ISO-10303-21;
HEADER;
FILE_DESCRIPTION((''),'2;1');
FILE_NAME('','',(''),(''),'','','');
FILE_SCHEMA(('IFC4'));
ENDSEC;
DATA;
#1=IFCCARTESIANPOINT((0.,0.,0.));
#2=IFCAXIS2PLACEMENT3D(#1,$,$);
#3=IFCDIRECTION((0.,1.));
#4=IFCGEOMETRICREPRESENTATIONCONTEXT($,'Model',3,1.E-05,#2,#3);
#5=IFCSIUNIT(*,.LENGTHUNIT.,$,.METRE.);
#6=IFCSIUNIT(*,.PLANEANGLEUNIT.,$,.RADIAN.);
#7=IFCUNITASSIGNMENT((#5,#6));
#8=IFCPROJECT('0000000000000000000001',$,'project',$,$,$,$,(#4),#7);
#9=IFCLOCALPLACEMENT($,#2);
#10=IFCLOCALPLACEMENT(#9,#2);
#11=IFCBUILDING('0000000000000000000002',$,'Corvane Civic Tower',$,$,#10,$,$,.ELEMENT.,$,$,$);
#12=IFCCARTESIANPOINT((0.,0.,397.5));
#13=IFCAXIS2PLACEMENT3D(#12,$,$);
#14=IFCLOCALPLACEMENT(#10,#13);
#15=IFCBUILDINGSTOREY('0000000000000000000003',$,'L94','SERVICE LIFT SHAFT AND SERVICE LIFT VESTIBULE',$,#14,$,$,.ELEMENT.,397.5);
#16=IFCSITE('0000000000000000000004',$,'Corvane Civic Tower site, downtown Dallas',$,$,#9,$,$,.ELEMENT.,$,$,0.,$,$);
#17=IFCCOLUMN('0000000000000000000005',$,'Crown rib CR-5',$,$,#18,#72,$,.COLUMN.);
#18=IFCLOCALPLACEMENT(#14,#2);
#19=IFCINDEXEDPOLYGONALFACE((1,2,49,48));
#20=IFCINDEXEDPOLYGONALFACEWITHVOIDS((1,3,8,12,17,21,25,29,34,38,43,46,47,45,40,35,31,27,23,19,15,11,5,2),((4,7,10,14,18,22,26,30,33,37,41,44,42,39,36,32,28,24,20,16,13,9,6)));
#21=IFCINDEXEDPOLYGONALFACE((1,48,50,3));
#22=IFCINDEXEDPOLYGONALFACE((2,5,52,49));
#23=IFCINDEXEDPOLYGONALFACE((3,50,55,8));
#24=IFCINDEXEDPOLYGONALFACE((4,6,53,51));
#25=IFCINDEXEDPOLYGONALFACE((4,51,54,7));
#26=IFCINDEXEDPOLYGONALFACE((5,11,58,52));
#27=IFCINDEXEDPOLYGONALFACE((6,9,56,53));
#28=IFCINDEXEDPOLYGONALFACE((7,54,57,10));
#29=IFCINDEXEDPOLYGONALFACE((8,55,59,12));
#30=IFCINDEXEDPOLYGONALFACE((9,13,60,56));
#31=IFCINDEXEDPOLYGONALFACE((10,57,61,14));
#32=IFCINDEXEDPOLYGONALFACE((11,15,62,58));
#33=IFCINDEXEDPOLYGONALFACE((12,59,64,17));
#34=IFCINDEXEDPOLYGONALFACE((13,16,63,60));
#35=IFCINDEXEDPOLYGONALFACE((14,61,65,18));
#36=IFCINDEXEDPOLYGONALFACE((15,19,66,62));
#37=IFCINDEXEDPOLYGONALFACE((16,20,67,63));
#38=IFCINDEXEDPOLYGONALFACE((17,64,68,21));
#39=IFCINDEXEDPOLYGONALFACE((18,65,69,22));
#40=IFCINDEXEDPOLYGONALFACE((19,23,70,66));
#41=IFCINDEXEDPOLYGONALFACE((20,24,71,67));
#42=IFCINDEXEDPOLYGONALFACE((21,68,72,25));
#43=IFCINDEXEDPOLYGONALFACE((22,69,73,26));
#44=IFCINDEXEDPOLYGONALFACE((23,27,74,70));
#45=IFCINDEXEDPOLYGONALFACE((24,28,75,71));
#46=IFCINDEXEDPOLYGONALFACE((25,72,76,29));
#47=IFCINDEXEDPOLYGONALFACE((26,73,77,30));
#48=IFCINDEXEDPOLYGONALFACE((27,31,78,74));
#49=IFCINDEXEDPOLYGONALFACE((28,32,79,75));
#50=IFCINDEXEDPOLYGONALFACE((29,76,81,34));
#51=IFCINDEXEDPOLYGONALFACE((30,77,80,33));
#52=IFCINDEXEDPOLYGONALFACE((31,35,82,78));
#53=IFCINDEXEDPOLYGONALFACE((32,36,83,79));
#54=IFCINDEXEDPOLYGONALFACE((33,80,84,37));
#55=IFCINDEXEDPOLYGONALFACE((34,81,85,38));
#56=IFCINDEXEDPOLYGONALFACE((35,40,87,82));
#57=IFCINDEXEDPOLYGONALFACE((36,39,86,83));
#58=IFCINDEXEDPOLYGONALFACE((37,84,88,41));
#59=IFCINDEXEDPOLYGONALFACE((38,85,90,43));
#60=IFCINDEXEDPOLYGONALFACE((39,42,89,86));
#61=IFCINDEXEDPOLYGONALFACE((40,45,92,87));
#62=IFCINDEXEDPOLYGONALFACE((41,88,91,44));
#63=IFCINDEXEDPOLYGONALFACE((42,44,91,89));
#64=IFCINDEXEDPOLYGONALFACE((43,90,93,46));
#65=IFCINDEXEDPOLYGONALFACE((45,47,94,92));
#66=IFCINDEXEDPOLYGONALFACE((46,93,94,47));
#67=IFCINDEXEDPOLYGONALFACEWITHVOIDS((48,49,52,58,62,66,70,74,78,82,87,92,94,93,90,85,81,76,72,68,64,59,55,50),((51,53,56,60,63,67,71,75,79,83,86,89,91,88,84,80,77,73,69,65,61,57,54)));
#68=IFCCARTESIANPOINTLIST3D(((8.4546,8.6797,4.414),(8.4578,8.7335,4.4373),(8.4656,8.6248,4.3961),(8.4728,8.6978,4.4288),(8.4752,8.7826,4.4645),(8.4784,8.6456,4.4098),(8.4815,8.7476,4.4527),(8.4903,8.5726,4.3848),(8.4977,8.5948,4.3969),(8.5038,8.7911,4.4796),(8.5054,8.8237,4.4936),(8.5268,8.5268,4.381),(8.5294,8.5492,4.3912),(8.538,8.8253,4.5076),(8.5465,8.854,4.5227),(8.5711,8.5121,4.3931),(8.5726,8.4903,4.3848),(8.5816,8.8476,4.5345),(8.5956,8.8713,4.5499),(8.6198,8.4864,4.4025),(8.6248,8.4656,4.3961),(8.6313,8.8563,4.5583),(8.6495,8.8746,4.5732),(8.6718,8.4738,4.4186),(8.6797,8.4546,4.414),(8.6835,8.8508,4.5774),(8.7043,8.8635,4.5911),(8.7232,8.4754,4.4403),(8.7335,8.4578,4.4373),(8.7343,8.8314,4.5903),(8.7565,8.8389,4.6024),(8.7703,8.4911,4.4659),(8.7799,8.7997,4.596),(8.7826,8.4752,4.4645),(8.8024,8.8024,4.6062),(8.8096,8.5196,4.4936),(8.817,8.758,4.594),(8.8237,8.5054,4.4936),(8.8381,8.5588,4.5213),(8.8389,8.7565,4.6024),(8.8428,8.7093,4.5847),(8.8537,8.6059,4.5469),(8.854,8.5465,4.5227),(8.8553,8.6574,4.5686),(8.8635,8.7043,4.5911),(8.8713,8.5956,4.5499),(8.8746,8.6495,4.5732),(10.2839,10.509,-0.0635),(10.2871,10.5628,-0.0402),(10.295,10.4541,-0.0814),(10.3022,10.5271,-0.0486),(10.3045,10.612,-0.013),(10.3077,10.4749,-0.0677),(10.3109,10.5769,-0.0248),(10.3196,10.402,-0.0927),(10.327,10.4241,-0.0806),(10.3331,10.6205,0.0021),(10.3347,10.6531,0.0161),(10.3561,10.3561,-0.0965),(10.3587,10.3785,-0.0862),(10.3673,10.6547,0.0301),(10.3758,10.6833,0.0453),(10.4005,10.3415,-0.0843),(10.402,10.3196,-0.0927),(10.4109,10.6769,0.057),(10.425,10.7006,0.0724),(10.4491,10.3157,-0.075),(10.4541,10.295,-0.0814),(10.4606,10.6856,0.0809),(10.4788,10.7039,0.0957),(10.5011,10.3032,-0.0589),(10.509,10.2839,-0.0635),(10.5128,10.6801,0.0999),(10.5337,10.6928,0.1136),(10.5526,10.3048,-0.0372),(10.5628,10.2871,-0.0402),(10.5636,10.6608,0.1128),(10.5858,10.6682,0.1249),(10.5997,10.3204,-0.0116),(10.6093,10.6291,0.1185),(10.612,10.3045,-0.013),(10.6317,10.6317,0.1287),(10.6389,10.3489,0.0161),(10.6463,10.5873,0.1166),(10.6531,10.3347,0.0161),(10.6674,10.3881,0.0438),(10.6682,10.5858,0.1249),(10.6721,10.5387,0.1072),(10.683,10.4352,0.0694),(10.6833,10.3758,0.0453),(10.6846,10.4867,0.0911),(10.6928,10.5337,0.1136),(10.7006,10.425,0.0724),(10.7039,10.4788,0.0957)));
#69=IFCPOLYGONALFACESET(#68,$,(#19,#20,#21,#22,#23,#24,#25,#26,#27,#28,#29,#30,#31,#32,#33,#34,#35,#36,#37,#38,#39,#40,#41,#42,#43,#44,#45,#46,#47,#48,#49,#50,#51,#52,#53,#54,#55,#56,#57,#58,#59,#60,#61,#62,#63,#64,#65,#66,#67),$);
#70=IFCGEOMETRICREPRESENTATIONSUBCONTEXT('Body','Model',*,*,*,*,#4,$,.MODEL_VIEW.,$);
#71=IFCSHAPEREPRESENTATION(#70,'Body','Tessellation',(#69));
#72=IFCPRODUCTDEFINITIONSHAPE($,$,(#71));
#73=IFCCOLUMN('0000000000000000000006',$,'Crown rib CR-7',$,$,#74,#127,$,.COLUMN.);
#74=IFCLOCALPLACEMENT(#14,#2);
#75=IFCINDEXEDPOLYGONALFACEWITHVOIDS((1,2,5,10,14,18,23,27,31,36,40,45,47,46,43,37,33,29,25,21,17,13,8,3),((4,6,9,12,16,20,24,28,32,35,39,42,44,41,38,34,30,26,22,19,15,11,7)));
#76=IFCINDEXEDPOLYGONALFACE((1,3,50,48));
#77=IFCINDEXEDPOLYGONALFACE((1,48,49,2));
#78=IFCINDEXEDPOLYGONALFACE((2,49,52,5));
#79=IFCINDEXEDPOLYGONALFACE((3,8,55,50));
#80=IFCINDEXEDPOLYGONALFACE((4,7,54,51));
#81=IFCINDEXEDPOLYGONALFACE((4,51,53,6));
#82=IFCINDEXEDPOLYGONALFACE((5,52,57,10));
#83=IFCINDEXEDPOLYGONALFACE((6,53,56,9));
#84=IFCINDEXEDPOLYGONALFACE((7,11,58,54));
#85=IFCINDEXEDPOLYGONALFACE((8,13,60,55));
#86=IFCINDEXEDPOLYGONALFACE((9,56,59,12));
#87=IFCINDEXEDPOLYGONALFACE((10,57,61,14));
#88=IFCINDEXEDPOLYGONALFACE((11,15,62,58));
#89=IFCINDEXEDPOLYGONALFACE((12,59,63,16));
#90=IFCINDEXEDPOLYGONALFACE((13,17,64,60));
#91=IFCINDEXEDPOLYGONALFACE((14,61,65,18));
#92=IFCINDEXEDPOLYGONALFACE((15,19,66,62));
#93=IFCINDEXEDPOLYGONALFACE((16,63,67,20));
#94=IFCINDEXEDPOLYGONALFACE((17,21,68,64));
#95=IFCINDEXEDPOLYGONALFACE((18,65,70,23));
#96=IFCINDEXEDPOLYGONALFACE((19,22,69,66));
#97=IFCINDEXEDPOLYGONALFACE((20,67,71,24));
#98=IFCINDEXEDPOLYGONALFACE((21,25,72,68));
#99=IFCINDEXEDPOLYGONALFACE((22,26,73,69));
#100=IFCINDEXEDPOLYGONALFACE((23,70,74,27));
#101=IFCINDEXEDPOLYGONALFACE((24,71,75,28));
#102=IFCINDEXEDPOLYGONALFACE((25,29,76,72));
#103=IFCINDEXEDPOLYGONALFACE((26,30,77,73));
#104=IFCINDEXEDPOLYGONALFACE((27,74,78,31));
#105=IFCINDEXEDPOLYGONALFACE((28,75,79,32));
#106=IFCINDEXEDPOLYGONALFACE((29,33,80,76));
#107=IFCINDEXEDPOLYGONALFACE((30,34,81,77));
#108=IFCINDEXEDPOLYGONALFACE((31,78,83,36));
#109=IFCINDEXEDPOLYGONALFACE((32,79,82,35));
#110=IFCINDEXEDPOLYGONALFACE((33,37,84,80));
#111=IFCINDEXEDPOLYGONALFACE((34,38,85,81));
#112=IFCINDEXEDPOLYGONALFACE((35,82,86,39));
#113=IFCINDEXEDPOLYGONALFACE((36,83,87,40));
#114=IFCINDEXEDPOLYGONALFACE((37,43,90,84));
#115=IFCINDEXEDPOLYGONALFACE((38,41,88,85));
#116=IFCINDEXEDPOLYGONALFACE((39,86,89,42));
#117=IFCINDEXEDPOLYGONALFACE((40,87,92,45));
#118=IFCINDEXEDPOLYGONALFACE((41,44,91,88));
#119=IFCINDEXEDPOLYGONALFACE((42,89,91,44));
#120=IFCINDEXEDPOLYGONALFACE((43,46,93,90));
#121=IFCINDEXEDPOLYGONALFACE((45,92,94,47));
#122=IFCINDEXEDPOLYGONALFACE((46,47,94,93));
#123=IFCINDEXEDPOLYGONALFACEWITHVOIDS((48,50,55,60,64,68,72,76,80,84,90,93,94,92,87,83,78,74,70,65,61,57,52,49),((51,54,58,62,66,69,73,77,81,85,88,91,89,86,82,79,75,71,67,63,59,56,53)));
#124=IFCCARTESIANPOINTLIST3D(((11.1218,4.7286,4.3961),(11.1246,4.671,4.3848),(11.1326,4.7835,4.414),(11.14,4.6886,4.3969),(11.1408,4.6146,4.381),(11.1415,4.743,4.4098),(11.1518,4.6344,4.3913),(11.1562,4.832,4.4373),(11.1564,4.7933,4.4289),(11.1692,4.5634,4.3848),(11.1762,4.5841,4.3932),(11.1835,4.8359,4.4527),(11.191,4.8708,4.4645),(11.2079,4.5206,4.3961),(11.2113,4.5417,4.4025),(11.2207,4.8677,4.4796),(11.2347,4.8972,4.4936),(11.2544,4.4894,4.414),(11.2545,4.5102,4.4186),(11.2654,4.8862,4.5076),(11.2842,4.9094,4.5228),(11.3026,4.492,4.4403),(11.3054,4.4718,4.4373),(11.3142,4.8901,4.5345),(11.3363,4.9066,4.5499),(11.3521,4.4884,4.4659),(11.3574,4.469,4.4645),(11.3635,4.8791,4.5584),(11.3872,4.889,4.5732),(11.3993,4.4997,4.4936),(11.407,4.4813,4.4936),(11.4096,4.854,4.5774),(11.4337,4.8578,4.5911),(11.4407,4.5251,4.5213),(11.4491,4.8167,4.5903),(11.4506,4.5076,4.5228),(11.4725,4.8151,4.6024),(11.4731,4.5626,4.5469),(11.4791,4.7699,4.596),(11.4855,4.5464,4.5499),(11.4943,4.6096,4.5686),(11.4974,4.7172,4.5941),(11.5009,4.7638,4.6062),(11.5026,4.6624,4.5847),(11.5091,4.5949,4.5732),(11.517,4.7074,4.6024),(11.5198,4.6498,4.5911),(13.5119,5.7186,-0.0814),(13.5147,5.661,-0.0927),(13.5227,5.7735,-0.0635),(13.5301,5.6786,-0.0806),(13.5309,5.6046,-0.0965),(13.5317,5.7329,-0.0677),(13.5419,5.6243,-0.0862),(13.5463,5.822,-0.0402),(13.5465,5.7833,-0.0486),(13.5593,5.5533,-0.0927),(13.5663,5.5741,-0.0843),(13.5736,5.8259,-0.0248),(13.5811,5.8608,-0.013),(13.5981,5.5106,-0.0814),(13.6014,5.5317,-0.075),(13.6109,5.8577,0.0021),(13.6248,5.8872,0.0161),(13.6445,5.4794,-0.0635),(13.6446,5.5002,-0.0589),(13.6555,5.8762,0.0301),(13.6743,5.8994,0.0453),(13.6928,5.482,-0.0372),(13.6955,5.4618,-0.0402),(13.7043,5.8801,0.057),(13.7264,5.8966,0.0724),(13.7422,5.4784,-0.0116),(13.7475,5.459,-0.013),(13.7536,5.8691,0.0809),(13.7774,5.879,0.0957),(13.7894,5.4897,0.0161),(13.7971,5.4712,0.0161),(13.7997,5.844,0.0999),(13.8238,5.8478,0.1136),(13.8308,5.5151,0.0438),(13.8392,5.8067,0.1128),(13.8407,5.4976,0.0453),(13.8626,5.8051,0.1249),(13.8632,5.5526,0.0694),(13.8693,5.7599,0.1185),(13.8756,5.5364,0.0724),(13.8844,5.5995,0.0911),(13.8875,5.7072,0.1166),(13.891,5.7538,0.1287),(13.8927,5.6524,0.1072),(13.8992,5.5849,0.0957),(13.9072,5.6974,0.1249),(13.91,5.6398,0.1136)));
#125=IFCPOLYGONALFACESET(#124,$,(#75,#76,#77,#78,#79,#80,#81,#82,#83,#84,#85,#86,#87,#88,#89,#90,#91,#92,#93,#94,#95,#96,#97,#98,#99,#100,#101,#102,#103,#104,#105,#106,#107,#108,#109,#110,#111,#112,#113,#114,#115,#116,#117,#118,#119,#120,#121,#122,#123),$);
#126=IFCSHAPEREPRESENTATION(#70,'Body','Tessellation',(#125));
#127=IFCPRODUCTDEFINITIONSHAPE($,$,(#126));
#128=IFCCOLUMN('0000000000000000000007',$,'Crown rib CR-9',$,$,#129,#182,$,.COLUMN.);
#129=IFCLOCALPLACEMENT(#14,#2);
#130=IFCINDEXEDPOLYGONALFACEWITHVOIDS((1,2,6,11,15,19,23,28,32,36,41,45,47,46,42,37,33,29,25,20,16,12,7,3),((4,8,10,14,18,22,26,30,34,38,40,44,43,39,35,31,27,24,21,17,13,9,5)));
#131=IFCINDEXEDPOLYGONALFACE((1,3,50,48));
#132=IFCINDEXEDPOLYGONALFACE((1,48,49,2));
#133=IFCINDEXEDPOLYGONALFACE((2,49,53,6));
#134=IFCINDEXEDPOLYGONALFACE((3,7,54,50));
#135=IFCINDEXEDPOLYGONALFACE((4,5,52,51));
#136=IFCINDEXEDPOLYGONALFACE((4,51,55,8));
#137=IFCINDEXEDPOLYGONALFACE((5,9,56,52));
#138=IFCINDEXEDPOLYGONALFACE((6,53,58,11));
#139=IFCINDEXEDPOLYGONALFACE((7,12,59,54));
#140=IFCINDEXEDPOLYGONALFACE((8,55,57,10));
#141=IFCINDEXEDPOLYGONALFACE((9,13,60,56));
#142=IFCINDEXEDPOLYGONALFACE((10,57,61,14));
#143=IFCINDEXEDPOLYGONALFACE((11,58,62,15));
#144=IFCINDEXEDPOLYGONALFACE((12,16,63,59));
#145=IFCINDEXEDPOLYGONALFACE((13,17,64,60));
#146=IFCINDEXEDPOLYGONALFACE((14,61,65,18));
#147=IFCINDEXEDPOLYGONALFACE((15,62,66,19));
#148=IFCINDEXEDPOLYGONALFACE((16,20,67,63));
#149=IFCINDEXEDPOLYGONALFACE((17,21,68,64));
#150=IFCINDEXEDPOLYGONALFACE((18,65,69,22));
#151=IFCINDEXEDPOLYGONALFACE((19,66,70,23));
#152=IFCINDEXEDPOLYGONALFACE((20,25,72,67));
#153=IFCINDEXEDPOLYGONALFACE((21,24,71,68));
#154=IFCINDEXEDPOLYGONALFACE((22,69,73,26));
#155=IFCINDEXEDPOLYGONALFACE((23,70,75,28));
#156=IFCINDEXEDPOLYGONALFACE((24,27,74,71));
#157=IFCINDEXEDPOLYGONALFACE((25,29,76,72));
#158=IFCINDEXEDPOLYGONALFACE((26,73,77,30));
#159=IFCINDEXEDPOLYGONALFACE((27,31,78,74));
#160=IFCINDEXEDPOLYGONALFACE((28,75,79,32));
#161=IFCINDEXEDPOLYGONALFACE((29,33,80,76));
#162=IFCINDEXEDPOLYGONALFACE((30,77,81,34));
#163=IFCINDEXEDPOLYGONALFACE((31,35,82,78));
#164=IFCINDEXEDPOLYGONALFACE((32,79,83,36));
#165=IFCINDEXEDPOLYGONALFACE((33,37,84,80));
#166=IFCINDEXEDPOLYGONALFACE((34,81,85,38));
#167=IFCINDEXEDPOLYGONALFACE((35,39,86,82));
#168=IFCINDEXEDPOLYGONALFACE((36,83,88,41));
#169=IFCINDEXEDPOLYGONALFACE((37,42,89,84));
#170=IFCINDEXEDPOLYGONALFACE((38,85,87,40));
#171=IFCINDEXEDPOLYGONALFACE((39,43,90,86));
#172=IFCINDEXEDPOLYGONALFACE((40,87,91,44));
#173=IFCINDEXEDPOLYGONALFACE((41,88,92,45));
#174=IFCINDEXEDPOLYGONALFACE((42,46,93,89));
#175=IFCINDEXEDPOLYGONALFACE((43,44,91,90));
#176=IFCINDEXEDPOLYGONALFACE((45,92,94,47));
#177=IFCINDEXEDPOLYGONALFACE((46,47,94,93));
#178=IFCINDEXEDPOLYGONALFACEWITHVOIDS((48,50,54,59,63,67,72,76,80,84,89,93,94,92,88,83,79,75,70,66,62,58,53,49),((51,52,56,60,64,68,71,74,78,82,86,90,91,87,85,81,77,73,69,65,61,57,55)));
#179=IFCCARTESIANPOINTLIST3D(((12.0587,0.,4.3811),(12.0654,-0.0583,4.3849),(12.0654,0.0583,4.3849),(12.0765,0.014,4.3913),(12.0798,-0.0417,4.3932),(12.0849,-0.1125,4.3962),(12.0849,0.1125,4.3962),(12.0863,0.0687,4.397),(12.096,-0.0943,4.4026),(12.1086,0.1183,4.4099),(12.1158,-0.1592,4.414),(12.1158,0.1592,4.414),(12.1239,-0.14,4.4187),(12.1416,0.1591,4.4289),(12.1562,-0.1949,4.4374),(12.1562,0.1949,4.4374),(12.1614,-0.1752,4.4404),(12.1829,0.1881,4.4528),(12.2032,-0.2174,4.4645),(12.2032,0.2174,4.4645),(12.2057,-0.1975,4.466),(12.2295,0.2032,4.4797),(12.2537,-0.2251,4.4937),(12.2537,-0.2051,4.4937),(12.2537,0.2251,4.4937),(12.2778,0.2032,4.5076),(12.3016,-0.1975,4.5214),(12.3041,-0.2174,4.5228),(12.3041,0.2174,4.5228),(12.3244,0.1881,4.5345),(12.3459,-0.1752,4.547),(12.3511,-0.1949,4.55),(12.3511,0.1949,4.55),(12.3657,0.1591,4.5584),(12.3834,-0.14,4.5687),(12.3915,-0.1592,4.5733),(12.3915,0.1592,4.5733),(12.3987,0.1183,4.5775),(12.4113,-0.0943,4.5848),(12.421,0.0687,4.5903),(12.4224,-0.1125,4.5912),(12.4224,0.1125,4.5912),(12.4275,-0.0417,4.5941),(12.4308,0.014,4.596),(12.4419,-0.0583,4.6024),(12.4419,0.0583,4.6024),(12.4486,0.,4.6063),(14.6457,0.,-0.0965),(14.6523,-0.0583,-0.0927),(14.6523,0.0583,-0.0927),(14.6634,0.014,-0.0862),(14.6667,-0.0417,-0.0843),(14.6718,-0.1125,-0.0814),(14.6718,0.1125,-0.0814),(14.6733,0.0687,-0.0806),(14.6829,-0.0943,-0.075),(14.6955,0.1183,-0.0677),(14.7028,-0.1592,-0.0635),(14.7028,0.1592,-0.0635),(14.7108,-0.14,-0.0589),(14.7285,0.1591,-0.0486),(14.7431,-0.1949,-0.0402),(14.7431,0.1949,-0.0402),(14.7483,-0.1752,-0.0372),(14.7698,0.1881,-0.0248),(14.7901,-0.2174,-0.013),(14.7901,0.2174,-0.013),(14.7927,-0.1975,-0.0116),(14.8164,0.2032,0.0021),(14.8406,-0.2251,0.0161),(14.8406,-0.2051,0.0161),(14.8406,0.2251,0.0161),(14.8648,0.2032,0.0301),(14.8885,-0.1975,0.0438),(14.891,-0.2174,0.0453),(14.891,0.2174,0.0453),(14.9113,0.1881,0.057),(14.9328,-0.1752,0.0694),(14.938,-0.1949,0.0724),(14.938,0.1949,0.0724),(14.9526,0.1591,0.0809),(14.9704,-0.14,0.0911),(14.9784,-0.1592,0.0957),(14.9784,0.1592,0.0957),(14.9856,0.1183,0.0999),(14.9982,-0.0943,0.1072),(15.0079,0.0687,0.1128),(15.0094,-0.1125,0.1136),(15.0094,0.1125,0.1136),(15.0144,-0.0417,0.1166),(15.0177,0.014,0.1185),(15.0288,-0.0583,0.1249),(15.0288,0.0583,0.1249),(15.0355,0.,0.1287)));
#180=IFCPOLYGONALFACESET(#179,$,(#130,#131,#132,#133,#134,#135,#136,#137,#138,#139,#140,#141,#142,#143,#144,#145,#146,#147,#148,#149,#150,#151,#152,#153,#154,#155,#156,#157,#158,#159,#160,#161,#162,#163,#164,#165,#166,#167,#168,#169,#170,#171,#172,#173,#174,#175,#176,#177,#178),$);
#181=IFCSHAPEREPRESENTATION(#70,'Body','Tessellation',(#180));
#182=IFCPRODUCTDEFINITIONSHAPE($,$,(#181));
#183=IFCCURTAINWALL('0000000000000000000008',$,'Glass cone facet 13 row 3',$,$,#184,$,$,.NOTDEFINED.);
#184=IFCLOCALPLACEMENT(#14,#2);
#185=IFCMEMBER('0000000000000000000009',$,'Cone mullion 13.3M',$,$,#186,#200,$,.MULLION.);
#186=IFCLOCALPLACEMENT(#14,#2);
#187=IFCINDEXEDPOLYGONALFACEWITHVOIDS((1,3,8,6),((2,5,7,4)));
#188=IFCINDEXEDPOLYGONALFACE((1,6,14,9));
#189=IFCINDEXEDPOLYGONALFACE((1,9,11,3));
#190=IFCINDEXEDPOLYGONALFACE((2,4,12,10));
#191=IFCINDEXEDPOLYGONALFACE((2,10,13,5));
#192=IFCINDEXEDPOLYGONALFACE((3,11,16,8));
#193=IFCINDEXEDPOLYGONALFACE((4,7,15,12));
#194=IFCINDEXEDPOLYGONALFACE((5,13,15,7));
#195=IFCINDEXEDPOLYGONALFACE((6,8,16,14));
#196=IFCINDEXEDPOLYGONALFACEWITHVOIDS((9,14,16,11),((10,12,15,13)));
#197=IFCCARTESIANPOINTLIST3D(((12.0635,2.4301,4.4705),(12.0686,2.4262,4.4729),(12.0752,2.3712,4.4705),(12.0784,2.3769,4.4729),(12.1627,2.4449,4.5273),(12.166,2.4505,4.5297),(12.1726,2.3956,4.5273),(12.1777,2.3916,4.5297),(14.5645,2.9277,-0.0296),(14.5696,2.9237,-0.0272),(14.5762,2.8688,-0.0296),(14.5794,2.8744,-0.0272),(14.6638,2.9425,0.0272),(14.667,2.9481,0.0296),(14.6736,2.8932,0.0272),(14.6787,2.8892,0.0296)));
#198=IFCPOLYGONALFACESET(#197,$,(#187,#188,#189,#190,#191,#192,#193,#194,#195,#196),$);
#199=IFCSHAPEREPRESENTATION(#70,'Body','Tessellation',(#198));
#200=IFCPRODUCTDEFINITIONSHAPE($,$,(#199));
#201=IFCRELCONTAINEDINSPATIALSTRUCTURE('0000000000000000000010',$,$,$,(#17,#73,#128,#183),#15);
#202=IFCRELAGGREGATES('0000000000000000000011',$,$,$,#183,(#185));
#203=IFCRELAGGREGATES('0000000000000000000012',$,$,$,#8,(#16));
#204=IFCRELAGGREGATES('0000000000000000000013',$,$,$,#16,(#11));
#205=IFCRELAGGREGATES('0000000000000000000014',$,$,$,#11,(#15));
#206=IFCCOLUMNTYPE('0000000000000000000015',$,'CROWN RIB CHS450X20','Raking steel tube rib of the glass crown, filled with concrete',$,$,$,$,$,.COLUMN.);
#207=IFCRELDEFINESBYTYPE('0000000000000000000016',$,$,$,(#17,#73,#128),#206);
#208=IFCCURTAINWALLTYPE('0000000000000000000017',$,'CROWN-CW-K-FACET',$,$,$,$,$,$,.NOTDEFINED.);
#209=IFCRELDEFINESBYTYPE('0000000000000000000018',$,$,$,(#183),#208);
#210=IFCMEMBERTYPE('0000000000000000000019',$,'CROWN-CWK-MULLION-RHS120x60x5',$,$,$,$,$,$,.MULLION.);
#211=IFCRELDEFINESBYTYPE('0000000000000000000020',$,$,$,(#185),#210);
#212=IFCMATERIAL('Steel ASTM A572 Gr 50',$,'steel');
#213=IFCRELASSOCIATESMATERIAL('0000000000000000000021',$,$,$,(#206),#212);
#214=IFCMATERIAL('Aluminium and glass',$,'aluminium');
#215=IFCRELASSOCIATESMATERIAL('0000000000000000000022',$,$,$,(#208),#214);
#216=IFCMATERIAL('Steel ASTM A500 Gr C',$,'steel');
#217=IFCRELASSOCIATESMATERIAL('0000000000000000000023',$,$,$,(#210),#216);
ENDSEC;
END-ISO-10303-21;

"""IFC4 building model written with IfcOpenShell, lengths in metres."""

from ifc_helpers import new_model, si_unit, direction, frame, origin, origin_2d, place, context, subcontext, project, spatial, hollow_rectangle, hollow_circle, extrude, material, material_profile, profile_set, type_object, element, aggregate, save


model = new_model("IFC4")

# Units and contexts
model_context = context("Model", 3, precision=1e-05, world=origin(), true_north=direction((0.0, 1.0)))
body_context = subcontext(model_context, "Body", "Model", "MODEL_VIEW")
ifc_project = project(units=[si_unit("LENGTHUNIT", "METRE"), si_unit("PLANEANGLEUNIT", "RADIAN")], contexts=[model_context])

# Site, building, storey
site_placement = place(None, origin())
site = spatial("IfcSite", under=ifc_project, at=site_placement, Name="Corvane Civic Tower site, downtown Dallas", CompositionType="ELEMENT", RefElevation=0.0)
building_placement = place(site_placement, origin())
building = spatial("IfcBuilding", under=site, at=building_placement, Name="Corvane Civic Tower", CompositionType="ELEMENT")
storey_placement = place(building_placement, frame((0.0, 0.0, 397.5)))
storey = spatial("IfcBuildingStorey", under=building, at=storey_placement, Name="L94", Description="SERVICE LIFT SHAFT AND SERVICE LIFT VESTIBULE", CompositionType="ELEMENT", Elevation=397.5)

# Columns
ifc_material_1 = material(Name="Steel ASTM A572 Gr 50", Category="steel")
ifc_material_profile_1 = material_profile(ifc_material_1, hollow_circle(Radius=0.2251, WallThickness=0.02, at=origin_2d()), Name="CHS450X20")
ifc_profile_set_1 = profile_set([ifc_material_profile_1], Name="Steel ASTM A572 Gr 50")
column_type = type_object("IfcColumnType", Name="CROWN RIB CHS450X20", Description="Raking steel tube rib of the glass crown, filled with concrete", PredefinedType="COLUMN", material=ifc_profile_set_1)
for number, where, z_axis, x_axis, name in (
    (1, (10.4939, 10.4939, 0.0161), (-0.353756, -0.353756, 0.86586), (0.707107, -0.707107, 0.0), "Crown rib CR-5"),
    (2, (13.7109, 5.6792, 0.0161), (-0.462203, -0.191443, 0.865863), (0.382671, -0.923885, 0.0), "Crown rib CR-7"),
    (3, (14.8406, 0.0, 0.0161), (-0.500262, 0.0, 0.865874), (0.0, -1.0, 0.0), "Crown rib CR-9"),
):
    element("IfcColumn", number, at=place(storey_placement, frame(where, z_axis=z_axis, x_axis=x_axis)), inside=storey, type_object=column_type, Name=name, PredefinedType="COLUMN", context=body_context, shape_type="SweptSolid", body=[
        extrude(hollow_circle(Radius=0.2251, WallThickness=0.02, at=origin_2d()), origin(), (0.0, 0.0, 1.0), 5.1711),
    ])

# Curtain wall, member
ifc_material_2 = material(Name="Aluminium and glass", Category="aluminium")
curtain_wall_type = type_object("IfcCurtainWallType", Name="CROWN-CW-K-FACET", PredefinedType="NOTDEFINED", material=ifc_material_2)
curtain_wall_1_placement = place(storey_placement, origin())
curtain_wall_1 = element("IfcCurtainWall", 4, at=curtain_wall_1_placement, inside=storey, type_object=curtain_wall_type, Name="Glass cone facet 13 row 3", PredefinedType="NOTDEFINED")
ifc_material_3 = material(Name="Steel ASTM A500 Gr C", Category="steel")
ifc_material_profile_2 = material_profile(ifc_material_3, hollow_rectangle(XDim=0.0601, YDim=0.1201, WallThickness=0.0049, at=origin_2d()), Name="RHS 120x60x5")
ifc_profile_set_2 = profile_set([ifc_material_profile_2], Name="Steel ASTM A500 Gr C")
member_type_1 = type_object("IfcMemberType", Name="CROWN-CWK-MULLION-RHS120x60x5", PredefinedType="MULLION", material=ifc_profile_set_2)
member_1_placement = place(storey_placement, frame((14.6216, 2.9084, 0.0), z_axis=(-0.483535, -0.096197, 0.870023), x_axis=(0.195122, -0.980779, 0.0)))
member_1 = element("IfcMember", 5, at=member_1_placement, type_object=member_type_1, Name="Cone mullion 13.3M", PredefinedType="MULLION", context=body_context, shape_type="SweptSolid", body=[
    extrude(hollow_rectangle(XDim=0.0601, YDim=0.1201, WallThickness=0.0049, at=origin_2d()), origin(), (0.0, 0.0, 1.0), 5.1724),
])

aggregate(curtain_wall_1, [member_1])

save(model, "model.ifc")
